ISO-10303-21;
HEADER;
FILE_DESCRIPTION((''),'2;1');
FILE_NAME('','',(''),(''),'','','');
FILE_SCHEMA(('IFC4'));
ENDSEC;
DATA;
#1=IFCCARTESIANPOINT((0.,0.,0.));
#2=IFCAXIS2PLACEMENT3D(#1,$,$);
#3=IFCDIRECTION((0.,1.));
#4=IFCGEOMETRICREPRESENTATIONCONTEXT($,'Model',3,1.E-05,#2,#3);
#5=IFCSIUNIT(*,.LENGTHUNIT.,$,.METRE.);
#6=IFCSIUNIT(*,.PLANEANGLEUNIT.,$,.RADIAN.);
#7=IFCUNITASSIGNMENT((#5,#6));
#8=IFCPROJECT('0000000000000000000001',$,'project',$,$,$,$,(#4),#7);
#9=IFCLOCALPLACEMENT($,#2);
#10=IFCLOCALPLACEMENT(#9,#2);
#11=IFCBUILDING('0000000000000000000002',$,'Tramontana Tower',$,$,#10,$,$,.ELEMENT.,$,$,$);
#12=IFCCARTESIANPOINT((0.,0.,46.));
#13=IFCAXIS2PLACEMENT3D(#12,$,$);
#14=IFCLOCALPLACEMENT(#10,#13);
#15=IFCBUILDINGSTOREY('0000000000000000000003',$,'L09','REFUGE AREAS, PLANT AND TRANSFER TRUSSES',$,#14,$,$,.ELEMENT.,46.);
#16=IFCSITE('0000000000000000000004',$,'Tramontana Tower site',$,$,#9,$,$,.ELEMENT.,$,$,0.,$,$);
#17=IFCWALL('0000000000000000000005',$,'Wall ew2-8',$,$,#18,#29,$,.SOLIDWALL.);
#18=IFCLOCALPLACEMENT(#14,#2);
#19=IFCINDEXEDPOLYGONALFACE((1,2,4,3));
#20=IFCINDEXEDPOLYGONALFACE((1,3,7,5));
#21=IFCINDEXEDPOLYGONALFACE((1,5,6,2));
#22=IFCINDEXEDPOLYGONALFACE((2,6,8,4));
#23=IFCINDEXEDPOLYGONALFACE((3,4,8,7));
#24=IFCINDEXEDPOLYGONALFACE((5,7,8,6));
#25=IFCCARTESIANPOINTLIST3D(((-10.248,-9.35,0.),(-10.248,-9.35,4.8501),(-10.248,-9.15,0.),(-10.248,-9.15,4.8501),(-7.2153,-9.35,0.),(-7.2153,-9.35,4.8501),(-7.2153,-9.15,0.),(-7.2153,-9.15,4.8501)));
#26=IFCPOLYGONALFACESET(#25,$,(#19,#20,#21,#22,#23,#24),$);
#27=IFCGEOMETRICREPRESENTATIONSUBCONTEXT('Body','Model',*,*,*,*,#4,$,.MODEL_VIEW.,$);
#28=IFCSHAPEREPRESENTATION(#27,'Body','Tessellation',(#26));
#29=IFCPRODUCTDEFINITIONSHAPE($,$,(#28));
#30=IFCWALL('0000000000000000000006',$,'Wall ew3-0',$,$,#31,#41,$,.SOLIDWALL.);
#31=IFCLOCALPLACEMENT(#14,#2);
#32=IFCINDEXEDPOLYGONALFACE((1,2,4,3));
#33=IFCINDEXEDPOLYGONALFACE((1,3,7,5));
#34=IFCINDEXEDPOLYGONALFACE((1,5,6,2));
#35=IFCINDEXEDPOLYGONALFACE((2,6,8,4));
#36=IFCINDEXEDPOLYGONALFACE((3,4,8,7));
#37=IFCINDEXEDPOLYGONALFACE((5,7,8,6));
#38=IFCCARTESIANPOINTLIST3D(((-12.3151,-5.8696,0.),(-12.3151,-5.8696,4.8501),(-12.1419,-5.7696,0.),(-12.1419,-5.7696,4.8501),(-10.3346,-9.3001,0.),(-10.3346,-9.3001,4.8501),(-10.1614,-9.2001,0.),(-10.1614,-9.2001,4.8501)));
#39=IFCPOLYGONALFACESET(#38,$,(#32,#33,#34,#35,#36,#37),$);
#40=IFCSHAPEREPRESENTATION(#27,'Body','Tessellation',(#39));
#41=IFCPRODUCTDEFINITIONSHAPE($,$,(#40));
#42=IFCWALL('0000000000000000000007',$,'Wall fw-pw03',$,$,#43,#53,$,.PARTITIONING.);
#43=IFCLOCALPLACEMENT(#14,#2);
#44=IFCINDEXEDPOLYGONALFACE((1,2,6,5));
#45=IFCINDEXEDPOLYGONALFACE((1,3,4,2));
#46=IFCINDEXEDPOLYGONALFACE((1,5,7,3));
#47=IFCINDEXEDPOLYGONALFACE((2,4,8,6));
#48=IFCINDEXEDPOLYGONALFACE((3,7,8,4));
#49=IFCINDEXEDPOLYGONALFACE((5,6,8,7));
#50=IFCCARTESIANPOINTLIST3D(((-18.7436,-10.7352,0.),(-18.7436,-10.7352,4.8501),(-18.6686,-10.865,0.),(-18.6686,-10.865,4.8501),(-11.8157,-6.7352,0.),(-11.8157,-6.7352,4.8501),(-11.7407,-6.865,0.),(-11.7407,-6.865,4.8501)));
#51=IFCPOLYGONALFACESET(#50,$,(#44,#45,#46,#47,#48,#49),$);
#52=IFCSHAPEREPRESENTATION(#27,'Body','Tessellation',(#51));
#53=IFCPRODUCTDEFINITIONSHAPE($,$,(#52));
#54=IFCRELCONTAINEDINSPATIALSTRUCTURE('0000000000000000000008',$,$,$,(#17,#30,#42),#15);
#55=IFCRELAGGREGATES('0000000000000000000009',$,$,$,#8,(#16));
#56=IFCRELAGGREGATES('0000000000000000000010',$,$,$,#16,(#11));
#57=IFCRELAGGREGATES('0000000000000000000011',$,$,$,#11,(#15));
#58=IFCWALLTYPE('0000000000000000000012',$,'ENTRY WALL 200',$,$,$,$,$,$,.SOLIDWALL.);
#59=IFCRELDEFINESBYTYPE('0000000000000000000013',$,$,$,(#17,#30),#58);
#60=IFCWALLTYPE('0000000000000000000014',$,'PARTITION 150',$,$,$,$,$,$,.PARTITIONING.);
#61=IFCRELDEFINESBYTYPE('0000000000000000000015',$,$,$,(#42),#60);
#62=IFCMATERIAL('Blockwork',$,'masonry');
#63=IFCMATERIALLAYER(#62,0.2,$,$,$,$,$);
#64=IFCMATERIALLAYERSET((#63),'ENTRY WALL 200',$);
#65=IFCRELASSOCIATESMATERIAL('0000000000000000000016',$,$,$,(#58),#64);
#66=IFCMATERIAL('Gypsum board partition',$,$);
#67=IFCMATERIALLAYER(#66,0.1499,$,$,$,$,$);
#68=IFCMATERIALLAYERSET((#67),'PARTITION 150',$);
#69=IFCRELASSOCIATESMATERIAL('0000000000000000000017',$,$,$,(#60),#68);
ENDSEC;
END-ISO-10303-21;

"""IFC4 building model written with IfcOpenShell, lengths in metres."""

from ifc_helpers import new_model, si_unit, direction, frame, frame_2d, origin, place, context, subcontext, project, spatial, rectangle, extrude, material, layer, layer_set, type_object, element, save


model = new_model("IFC4")

# Units and contexts
model_context = context("Model", 3, precision=1e-05, world=origin(), true_north=direction((0.0, 1.0)))
body_context = subcontext(model_context, "Body", "Model", "MODEL_VIEW")
ifc_project = project(units=[si_unit("LENGTHUNIT", "METRE"), si_unit("PLANEANGLEUNIT", "RADIAN")], contexts=[model_context])

# Site, building, storey
site_placement = place(None, origin())
site = spatial("IfcSite", under=ifc_project, at=site_placement, Name="Tramontana Tower site", CompositionType="ELEMENT", RefElevation=0.0)
building_placement = place(site_placement, origin())
building = spatial("IfcBuilding", under=site, at=building_placement, Name="Tramontana Tower", CompositionType="ELEMENT")
storey_placement = place(building_placement, frame((0.0, 0.0, 46.0)))
storey = spatial("IfcBuildingStorey", under=building, at=storey_placement, Name="L09", Description="REFUGE AREAS, PLANT AND TRANSFER TRUSSES", CompositionType="ELEMENT", Elevation=46.0)

# Shared definitions
ifc_material_1 = material(Name="Blockwork", Category="masonry")
ifc_layer_1 = layer(ifc_material_1, 0.2)
ifc_layer_set_1 = layer_set([ifc_layer_1], Name="ENTRY WALL 200")
wall_type_1 = type_object("IfcWallType", Name="ENTRY WALL 200", PredefinedType="SOLIDWALL", material=ifc_layer_set_1)

# Walls
wall_1_placement = place(storey_placement, frame((-7.2153, -9.25, 0.0), z_axis=(0.0, 0.0, 1.0), x_axis=(-1.0, 0.0, 0.0)))
element("IfcWall", 1, at=wall_1_placement, inside=storey, type_object=wall_type_1, Name="Wall ew2-8", PredefinedType="SOLIDWALL", context=body_context, shape_type="SweptSolid", body=[
    extrude(rectangle(XDim=3.0327, YDim=0.2, at=frame_2d((1.5164, 0.0))), origin(), (0.0, 0.0, 1.0), 4.8501),
])
wall_2_placement = place(storey_placement, frame((-10.248, -9.25, 0.0), z_axis=(0.0, 0.0, 1.0), x_axis=(-0.499984, 0.866035, 0.0)))
element("IfcWall", 2, at=wall_2_placement, inside=storey, type_object=wall_type_1, Name="Wall ew3-0", PredefinedType="SOLIDWALL", context=body_context, shape_type="SweptSolid", body=[
    extrude(rectangle(XDim=3.9612, YDim=0.2, at=frame_2d((1.9805, 0.0))), origin(), (0.0, 0.0, 1.0), 4.8501),
])
ifc_material_2 = material(Name="Gypsum board partition")
ifc_layer_2 = layer(ifc_material_2, 0.1499)
ifc_layer_set_2 = layer_set([ifc_layer_2], Name="PARTITION 150")
wall_type_2 = type_object("IfcWallType", Name="PARTITION 150", PredefinedType="PARTITIONING", material=ifc_layer_set_2)
wall_3_placement = place(storey_placement, frame((-11.7781, -6.8, 0.0), z_axis=(0.0, 0.0, 1.0), x_axis=(-0.866018, -0.500012, 0.0)))
element("IfcWall", 3, at=wall_3_placement, inside=storey, type_object=wall_type_2, Name="Wall fw-pw03", PredefinedType="PARTITIONING", context=body_context, shape_type="SweptSolid", body=[
    extrude(rectangle(XDim=7.9998, YDim=0.1499, at=frame_2d((4.0, 0.0))), origin(), (0.0, 0.0, 1.0), 4.8501),
])

save(model, "model.ifc")
